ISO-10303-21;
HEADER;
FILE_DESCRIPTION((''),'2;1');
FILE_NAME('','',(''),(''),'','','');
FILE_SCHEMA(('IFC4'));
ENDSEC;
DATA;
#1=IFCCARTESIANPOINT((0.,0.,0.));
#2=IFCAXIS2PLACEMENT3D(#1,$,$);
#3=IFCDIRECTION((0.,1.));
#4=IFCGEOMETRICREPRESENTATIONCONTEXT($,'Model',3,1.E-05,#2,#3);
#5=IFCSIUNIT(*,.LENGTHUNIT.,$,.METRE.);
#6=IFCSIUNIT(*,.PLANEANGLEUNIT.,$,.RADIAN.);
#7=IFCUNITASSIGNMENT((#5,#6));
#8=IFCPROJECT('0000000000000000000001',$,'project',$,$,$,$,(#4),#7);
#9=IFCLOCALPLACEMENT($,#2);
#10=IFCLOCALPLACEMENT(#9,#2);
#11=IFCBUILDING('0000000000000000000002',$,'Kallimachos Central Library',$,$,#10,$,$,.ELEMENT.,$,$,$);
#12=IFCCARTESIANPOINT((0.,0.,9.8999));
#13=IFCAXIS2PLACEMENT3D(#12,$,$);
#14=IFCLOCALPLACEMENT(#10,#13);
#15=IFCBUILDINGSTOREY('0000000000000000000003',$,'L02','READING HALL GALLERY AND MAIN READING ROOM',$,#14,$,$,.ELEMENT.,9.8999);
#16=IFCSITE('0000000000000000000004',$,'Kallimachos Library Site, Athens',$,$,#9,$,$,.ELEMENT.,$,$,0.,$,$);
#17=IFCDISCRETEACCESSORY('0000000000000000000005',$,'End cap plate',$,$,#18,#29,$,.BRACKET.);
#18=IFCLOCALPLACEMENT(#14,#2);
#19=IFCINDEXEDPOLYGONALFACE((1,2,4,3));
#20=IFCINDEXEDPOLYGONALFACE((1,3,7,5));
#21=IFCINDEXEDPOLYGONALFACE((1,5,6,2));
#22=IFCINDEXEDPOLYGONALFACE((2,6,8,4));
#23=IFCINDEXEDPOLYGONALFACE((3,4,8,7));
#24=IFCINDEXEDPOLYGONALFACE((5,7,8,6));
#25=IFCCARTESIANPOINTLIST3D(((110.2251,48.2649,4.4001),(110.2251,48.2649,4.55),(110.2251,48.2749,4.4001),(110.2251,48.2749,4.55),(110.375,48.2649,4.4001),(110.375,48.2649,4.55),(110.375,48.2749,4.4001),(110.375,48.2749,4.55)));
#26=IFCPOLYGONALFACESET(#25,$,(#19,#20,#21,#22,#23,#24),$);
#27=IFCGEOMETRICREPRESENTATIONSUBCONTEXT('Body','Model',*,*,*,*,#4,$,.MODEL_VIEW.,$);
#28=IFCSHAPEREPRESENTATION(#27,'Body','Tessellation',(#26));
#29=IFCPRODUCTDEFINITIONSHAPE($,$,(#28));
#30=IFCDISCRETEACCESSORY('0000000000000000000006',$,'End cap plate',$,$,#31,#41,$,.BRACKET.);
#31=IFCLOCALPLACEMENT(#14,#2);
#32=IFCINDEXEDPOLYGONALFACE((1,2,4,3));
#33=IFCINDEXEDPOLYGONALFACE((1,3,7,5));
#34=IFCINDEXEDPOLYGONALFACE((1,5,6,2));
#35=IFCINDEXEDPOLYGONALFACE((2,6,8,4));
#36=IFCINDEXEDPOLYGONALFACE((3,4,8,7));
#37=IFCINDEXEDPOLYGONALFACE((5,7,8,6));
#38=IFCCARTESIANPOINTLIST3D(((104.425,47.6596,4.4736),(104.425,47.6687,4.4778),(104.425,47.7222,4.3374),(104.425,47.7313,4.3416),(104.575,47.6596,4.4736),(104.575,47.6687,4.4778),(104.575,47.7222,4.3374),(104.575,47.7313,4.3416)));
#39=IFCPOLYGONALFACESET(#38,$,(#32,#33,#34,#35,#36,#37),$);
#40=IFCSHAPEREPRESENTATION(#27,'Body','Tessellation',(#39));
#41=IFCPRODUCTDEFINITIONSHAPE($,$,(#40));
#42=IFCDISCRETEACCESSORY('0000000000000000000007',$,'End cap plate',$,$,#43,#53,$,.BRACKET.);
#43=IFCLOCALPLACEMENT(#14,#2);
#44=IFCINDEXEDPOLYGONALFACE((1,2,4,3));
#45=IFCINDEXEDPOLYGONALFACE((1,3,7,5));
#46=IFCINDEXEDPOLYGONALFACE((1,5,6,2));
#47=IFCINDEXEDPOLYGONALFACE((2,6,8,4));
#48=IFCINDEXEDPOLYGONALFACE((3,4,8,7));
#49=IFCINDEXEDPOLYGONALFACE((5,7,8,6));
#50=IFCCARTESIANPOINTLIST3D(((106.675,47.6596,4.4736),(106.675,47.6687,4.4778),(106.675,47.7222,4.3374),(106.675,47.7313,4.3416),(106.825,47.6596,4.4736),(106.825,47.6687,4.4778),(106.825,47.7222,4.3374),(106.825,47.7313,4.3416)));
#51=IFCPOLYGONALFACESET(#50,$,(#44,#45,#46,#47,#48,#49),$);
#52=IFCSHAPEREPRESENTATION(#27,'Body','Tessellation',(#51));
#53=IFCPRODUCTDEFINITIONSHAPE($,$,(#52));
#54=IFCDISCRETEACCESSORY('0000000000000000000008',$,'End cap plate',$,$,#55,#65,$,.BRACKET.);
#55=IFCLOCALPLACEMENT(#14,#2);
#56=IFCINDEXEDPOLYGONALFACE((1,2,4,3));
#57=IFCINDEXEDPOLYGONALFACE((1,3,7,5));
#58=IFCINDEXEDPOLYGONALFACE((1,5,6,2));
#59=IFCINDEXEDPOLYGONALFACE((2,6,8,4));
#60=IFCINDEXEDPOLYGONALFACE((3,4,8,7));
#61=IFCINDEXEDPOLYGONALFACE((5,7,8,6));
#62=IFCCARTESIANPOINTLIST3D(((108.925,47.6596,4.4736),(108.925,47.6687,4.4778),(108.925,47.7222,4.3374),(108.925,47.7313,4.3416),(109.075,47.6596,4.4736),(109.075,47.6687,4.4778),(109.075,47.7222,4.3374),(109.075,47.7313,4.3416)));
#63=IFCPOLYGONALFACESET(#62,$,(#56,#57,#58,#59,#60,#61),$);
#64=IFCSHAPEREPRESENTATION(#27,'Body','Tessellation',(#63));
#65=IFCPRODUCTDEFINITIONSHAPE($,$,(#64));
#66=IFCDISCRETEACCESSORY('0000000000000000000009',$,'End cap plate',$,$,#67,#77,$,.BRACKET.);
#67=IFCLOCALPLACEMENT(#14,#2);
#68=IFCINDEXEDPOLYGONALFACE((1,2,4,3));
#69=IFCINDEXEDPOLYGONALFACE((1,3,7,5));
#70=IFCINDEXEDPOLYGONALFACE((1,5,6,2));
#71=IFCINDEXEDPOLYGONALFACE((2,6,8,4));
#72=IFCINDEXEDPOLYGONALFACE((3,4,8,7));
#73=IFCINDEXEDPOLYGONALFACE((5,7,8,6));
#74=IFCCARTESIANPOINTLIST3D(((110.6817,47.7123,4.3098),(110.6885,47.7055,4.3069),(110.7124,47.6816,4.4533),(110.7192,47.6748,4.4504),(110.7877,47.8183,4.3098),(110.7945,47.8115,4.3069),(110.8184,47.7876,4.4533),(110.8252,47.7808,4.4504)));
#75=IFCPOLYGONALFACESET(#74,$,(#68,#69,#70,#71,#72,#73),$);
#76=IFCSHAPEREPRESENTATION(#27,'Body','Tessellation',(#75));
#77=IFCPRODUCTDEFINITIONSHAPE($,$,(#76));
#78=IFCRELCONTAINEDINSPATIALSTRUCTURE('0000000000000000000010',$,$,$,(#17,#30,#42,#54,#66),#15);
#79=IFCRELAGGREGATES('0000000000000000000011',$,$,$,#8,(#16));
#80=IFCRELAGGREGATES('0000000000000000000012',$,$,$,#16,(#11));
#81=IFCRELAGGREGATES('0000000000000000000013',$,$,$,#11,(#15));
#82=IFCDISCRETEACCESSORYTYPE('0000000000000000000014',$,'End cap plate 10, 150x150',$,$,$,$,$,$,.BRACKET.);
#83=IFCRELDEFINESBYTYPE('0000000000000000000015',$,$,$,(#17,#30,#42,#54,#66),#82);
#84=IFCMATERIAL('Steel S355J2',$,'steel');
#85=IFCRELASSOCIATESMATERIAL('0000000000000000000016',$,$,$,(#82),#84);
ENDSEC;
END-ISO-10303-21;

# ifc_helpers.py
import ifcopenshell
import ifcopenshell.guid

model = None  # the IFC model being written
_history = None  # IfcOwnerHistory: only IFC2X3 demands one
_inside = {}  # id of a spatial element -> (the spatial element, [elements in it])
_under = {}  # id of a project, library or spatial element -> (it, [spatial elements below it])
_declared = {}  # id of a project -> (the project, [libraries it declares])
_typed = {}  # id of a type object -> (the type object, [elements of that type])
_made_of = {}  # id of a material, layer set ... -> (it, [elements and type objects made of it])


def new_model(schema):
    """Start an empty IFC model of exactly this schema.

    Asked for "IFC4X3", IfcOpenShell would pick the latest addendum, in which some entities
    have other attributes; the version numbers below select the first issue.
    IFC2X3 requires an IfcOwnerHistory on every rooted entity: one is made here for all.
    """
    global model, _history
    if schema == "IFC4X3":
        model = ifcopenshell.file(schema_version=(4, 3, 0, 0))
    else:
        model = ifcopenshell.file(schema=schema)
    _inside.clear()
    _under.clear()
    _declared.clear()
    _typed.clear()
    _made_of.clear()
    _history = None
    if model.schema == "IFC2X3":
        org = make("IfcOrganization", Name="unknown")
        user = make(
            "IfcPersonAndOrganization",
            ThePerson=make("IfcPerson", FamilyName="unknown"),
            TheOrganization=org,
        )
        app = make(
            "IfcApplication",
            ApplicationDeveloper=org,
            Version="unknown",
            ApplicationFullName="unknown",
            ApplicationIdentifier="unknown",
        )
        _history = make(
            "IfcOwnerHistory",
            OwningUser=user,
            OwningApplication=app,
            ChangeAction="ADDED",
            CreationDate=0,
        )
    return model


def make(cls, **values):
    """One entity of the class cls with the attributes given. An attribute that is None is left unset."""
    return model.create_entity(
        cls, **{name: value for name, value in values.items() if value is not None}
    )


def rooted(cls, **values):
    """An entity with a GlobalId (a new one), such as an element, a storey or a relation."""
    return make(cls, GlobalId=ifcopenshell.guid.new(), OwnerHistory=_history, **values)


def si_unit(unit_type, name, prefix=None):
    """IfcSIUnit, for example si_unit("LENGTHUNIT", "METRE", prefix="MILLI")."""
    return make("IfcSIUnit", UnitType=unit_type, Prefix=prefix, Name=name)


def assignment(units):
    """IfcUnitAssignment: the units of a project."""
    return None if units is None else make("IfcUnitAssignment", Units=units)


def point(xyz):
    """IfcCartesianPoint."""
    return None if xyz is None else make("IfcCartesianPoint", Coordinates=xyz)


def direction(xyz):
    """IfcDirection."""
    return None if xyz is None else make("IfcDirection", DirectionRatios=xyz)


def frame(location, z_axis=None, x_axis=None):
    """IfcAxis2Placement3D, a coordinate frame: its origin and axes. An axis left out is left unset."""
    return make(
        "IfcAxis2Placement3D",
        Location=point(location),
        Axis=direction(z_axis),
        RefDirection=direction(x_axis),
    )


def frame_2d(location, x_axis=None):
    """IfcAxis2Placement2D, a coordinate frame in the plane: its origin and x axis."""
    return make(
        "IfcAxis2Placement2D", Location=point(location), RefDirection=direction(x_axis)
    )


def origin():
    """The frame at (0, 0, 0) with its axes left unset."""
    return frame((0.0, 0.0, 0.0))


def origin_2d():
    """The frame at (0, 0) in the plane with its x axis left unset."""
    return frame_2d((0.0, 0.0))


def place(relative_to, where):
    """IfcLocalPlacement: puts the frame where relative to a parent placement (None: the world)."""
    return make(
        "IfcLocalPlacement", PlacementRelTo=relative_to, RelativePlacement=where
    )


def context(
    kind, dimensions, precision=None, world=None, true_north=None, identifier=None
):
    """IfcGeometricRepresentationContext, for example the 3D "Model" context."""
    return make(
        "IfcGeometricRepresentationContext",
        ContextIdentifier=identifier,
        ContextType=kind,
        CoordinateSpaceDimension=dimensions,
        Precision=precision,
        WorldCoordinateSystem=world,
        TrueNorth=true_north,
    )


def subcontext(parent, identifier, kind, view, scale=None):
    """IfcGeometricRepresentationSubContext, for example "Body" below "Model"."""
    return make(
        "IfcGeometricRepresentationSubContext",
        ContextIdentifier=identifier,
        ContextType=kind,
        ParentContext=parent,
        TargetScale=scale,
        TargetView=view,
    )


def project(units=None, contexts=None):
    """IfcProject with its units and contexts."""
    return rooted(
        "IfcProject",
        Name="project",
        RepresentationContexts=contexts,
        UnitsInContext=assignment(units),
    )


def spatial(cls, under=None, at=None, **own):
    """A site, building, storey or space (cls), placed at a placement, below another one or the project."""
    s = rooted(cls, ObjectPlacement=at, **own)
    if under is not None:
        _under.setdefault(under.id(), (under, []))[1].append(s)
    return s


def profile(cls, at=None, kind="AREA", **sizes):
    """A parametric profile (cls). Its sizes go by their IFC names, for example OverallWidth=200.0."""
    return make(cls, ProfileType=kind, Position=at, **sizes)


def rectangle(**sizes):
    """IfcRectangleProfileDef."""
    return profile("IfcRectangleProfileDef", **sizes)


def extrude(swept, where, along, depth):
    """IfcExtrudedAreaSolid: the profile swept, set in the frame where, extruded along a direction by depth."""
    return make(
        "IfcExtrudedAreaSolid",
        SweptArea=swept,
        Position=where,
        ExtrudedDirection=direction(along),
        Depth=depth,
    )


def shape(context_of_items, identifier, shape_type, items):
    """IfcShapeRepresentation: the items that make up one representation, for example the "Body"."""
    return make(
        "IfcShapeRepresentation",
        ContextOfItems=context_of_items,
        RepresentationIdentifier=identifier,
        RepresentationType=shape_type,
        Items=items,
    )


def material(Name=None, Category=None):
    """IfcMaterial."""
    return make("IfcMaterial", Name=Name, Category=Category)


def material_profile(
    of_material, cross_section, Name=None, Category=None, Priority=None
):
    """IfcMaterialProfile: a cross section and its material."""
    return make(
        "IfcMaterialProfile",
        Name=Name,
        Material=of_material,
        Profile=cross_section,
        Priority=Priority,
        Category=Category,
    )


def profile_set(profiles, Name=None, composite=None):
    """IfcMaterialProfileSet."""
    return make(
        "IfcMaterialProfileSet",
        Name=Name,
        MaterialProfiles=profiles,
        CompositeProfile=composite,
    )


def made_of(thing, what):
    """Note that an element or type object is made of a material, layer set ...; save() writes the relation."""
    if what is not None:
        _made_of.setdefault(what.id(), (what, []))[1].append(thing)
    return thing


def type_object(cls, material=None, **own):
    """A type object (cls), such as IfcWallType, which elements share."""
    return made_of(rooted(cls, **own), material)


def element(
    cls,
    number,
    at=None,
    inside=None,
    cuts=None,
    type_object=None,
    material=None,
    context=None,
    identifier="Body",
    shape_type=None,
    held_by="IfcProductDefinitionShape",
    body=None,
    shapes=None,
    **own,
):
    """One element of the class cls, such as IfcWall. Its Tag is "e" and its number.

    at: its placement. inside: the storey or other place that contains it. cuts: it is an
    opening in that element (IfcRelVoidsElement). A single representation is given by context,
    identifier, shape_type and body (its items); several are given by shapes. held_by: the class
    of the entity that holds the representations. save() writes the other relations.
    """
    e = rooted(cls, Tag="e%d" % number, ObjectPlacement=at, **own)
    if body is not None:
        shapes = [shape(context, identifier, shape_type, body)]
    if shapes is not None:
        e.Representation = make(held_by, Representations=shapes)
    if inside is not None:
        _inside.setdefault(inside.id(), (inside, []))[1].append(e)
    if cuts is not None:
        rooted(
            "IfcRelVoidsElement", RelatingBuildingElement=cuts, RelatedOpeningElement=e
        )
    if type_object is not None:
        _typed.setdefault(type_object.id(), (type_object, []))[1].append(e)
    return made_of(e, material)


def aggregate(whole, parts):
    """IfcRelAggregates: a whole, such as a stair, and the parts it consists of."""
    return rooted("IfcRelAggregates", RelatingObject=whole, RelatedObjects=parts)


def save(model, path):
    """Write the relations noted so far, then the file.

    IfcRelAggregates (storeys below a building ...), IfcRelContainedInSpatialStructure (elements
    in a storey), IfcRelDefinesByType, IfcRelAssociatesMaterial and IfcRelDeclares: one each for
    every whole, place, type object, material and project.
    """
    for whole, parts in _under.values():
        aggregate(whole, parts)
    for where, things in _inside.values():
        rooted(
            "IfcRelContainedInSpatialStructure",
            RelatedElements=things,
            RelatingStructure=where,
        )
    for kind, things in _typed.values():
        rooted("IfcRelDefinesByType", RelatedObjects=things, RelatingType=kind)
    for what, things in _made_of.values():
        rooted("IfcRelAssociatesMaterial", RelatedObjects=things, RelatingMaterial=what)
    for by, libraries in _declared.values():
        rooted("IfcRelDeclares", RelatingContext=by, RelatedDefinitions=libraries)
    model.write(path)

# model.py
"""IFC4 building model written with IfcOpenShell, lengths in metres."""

from ifc_helpers import new_model, si_unit, direction, frame, origin, origin_2d, place, context, subcontext, project, spatial, rectangle, extrude, material, material_profile, profile_set, type_object, element, save


model = new_model("IFC4")

# Units and contexts
model_context = context("Model", 3, precision=1e-05, world=origin(), true_north=direction((0.0, 1.0)))
body_context = subcontext(model_context, "Body", "Model", "MODEL_VIEW")
ifc_project = project(units=[si_unit("LENGTHUNIT", "METRE"), si_unit("PLANEANGLEUNIT", "RADIAN")], contexts=[model_context])

# Site, building, storey
site_placement = place(None, origin())
site = spatial("IfcSite", under=ifc_project, at=site_placement, Name="Kallimachos Library Site, Athens", CompositionType="ELEMENT", RefElevation=0.0)
building_placement = place(site_placement, origin())
building = spatial("IfcBuilding", under=site, at=building_placement, Name="Kallimachos Central Library", CompositionType="ELEMENT")
storey_placement = place(building_placement, frame((0.0, 0.0, 9.8999)))
storey = spatial("IfcBuildingStorey", under=building, at=storey_placement, Name="L02", Description="READING HALL GALLERY AND MAIN READING ROOM", CompositionType="ELEMENT", Elevation=9.8999)

# Discrete accessories
ifc_material_1 = material(Name="Steel S355J2", Category="steel")
ifc_material_profile_1 = material_profile(ifc_material_1, rectangle(XDim=0.1499, YDim=0.1499, at=origin_2d()), Name="End cap plate 10, 150x150")
ifc_profile_set_1 = profile_set([ifc_material_profile_1], Name="Steel S355J2")
discrete_accessory_type = type_object("IfcDiscreteAccessoryType", Name="End cap plate 10, 150x150", PredefinedType="BRACKET", material=ifc_profile_set_1)
for number, where, z_axis, x_axis, name in (
    (1, (110.3, 48.2649, 4.4751), (0.0, 1.0, 0.0), (-1.0, 0.0, 0.0), "End cap plate"),
    (2, (104.5, 47.6909, 4.4055), (0.0, 0.908677, 0.4175), (-1.0, 0.0, 0.0), "End cap plate"),
    (3, (106.75, 47.6909, 4.4055), (0.0, 0.908677, 0.4175), (-1.0, 0.0, 0.0), "End cap plate"),
    (4, (109.0, 47.6909, 4.4055), (0.0, 0.908677, 0.4175), (-1.0, 0.0, 0.0), "End cap plate"),
    (5, (110.7568, 47.7432, 4.3787), (-0.676716, 0.676716, 0.290021), (-0.707107, -0.707107, 0.0), "End cap plate"),
):
    element("IfcDiscreteAccessory", number, at=place(storey_placement, frame(where, z_axis=z_axis, x_axis=x_axis)), inside=storey, type_object=discrete_accessory_type, Name=name, PredefinedType="BRACKET", context=body_context, shape_type="SweptSolid", body=[
        extrude(rectangle(XDim=0.1499, YDim=0.1499, at=origin_2d()), origin(), (0.0, 0.0, 1.0), 0.01),
    ])

save(model, "model.ifc")
